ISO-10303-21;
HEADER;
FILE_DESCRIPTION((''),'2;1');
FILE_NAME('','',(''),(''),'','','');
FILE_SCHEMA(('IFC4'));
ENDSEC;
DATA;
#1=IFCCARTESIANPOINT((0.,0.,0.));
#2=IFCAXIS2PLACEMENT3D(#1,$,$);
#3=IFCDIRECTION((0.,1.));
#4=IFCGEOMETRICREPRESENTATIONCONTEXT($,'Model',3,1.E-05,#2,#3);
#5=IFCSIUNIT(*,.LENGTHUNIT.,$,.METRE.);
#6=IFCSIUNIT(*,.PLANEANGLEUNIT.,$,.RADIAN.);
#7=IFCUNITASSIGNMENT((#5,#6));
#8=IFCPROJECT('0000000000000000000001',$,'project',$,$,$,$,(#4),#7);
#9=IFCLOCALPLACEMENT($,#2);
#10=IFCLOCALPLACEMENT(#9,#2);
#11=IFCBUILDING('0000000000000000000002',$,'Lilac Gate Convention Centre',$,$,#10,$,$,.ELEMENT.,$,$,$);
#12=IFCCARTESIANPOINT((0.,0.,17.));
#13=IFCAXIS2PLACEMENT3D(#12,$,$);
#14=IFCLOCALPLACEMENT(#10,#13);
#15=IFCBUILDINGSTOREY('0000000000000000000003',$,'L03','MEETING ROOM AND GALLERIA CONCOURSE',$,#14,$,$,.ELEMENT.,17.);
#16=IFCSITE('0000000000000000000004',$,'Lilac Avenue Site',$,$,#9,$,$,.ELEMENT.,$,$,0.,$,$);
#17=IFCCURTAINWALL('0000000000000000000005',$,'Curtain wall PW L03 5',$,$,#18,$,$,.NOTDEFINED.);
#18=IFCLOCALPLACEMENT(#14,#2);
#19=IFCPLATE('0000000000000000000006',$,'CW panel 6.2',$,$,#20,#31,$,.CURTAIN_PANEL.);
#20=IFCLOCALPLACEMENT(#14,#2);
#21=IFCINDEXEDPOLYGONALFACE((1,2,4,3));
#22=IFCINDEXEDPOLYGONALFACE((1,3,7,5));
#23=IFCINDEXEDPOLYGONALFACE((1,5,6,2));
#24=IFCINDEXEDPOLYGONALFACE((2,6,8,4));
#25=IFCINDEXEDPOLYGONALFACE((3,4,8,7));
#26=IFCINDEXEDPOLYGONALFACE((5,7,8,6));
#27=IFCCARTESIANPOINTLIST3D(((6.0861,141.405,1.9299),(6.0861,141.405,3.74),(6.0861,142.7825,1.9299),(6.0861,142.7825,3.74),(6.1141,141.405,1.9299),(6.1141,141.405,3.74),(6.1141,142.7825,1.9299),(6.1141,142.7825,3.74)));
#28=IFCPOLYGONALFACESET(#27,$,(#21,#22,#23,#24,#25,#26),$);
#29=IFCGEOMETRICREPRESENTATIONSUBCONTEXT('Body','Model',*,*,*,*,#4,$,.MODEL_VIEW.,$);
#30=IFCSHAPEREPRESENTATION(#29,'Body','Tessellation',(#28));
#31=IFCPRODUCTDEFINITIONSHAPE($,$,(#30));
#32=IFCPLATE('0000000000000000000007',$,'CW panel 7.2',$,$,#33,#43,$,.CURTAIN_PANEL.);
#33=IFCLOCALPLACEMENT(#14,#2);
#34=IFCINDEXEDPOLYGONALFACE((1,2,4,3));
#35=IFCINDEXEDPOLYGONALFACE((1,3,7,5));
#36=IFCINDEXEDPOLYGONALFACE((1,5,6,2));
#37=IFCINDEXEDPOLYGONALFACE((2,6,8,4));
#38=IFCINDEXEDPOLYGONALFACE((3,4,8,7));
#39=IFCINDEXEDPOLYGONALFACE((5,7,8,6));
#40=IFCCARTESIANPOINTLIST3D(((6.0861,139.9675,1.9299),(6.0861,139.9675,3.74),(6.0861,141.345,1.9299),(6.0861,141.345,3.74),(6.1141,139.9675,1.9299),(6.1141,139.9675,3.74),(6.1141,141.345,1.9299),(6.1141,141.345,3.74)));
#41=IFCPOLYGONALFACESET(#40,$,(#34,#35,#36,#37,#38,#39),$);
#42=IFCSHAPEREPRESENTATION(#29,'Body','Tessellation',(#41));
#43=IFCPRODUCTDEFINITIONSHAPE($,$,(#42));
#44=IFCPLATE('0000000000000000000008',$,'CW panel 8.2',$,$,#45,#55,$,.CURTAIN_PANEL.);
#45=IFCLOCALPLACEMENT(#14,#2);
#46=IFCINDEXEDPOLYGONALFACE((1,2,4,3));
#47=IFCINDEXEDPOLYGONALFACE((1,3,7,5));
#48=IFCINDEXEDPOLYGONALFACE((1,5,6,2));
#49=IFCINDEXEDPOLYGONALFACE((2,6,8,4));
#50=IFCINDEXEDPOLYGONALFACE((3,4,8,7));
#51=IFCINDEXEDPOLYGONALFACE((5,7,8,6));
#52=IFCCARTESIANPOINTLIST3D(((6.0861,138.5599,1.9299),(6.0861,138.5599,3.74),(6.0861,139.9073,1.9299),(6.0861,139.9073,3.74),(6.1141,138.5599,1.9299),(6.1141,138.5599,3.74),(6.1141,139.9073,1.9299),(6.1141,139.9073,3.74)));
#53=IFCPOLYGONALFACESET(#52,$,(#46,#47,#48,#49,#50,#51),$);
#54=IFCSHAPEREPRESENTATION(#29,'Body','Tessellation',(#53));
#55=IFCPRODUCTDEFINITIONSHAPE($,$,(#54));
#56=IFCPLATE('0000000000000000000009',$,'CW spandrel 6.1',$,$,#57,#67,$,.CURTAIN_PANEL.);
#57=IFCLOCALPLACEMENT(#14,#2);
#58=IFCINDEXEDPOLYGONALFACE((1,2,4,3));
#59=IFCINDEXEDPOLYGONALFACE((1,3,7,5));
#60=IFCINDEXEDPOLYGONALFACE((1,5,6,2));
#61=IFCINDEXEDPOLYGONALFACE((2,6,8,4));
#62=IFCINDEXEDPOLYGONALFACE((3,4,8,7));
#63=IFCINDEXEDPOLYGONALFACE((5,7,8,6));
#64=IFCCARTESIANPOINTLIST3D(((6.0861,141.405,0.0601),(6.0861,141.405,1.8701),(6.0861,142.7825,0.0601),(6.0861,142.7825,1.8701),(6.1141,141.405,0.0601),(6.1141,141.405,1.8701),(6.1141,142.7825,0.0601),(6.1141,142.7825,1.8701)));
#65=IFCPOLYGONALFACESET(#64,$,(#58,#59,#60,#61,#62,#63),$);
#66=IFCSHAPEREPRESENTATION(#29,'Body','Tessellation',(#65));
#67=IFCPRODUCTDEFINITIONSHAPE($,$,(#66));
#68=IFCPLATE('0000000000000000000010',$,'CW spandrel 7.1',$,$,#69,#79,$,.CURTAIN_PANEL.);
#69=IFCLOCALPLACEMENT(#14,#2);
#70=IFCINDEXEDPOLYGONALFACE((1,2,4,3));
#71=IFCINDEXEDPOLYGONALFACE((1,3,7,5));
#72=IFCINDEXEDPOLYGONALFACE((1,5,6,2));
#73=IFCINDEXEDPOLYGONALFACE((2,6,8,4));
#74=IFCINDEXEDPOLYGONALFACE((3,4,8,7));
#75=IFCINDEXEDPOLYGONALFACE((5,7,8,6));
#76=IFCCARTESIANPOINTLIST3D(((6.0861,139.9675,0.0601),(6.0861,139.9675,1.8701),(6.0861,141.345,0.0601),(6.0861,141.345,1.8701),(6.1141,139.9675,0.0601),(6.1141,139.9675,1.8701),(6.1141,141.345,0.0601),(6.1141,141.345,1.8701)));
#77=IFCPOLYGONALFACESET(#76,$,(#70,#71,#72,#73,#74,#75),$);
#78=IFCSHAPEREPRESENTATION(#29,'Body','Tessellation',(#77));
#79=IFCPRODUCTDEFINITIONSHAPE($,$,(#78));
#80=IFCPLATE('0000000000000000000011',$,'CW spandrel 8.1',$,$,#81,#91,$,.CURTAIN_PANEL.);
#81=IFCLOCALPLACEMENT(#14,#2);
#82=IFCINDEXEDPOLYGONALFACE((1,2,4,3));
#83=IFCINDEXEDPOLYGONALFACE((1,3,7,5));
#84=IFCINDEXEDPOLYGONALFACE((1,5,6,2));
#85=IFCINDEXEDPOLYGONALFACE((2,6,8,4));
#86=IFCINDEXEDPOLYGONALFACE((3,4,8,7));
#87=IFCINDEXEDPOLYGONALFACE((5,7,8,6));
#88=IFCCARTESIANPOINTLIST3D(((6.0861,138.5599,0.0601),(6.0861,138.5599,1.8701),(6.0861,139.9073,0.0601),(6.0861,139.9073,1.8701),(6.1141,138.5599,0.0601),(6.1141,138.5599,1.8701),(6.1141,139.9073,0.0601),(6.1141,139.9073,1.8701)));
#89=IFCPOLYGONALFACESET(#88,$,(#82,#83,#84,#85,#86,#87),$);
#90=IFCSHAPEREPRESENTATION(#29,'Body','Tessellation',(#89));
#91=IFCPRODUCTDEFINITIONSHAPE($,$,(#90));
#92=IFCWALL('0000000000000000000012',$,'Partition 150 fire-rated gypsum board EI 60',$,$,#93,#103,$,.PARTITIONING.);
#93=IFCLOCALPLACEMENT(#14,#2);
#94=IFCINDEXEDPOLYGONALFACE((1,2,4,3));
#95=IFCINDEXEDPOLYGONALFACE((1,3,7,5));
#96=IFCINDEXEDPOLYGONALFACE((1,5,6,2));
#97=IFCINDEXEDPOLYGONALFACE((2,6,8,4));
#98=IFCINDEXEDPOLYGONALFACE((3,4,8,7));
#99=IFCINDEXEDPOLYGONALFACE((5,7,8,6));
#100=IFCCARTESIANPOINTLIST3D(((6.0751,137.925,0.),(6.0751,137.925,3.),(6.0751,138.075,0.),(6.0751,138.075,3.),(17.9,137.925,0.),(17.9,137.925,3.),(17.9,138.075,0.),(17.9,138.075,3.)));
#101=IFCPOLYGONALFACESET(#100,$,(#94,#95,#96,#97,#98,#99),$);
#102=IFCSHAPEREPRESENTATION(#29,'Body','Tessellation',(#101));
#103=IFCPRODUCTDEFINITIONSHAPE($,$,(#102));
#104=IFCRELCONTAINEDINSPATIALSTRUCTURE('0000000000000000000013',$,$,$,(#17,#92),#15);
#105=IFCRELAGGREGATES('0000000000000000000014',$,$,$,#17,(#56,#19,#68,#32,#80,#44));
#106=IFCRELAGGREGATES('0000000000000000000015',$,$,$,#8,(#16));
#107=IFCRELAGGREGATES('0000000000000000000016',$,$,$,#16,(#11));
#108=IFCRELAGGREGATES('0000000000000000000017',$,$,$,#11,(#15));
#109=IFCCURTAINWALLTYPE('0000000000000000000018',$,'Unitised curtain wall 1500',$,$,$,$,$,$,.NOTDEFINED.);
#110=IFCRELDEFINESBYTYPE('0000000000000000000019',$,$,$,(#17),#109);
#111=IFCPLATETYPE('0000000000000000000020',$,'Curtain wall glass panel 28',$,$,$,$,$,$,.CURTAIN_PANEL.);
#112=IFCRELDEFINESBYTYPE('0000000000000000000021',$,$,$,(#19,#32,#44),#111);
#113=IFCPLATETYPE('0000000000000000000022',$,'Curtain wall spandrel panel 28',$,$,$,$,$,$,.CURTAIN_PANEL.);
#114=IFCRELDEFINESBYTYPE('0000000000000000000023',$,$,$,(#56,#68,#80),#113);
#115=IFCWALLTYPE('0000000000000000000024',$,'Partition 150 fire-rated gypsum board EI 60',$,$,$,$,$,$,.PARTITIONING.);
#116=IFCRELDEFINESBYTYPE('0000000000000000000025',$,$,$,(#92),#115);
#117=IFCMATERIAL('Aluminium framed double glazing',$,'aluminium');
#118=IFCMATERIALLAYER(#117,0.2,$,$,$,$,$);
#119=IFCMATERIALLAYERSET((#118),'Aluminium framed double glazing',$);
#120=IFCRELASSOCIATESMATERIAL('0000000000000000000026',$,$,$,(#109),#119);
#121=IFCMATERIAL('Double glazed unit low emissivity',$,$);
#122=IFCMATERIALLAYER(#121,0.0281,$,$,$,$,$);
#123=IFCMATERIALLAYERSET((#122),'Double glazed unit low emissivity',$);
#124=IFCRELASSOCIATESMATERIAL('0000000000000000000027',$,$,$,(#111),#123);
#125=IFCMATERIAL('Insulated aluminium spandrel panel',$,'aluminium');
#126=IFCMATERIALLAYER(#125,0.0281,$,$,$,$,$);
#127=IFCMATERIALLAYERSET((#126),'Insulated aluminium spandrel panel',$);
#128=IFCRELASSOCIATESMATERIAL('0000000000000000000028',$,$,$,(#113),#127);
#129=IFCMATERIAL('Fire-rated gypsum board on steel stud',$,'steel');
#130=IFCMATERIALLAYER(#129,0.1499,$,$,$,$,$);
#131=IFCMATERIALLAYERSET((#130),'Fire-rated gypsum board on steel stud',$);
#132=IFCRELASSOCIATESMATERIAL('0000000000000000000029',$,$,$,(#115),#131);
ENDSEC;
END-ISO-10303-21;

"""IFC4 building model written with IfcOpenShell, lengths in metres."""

from ifc_helpers import new_model, si_unit, direction, frame, frame_2d, origin, origin_2d, place, context, subcontext, project, spatial, rectangle, extrude, material, layer, layer_set, type_object, element, aggregate, save


model = new_model("IFC4")

# Units and contexts
model_context = context("Model", 3, precision=1e-05, world=origin(), true_north=direction((0.0, 1.0)))
body_context = subcontext(model_context, "Body", "Model", "MODEL_VIEW")
ifc_project = project(units=[si_unit("LENGTHUNIT", "METRE"), si_unit("PLANEANGLEUNIT", "RADIAN")], contexts=[model_context])

# Site, building, storey
site_placement = place(None, origin())
site = spatial("IfcSite", under=ifc_project, at=site_placement, Name="Lilac Avenue Site", CompositionType="ELEMENT", RefElevation=0.0)
building_placement = place(site_placement, origin())
building = spatial("IfcBuilding", under=site, at=building_placement, Name="Lilac Gate Convention Centre", CompositionType="ELEMENT")
storey_placement = place(building_placement, frame((0.0, 0.0, 17.0)))
storey = spatial("IfcBuildingStorey", under=building, at=storey_placement, Name="L03", Description="MEETING ROOM AND GALLERIA CONCOURSE", CompositionType="ELEMENT", Elevation=17.0)

# Curtain wall
ifc_material_1 = material(Name="Aluminium framed double glazing", Category="aluminium")
ifc_layer_1 = layer(ifc_material_1, 0.2)
ifc_layer_set_1 = layer_set([ifc_layer_1], Name="Aluminium framed double glazing")
curtain_wall_type = type_object("IfcCurtainWallType", Name="Unitised curtain wall 1500", PredefinedType="NOTDEFINED", material=ifc_layer_set_1)
curtain_wall_placement = place(storey_placement, origin())
curtain_wall = element("IfcCurtainWall", 1, at=curtain_wall_placement, inside=storey, type_object=curtain_wall_type, Name="Curtain wall PW L03 5", PredefinedType="NOTDEFINED")

# Plates
ifc_material_2 = material(Name="Double glazed unit low emissivity")
ifc_layer_2 = layer(ifc_material_2, 0.0281)
ifc_layer_set_2 = layer_set([ifc_layer_2], Name="Double glazed unit low emissivity")
plate_type_1 = type_object("IfcPlateType", Name="Curtain wall glass panel 28", PredefinedType="CURTAIN_PANEL", material=ifc_layer_set_2)
plate_1_placement = place(storey_placement, frame((6.1001, 142.0938, 1.9299), z_axis=(0.0, 0.0, 1.0), x_axis=(0.0, -1.0, 0.0)))
plate_1 = element("IfcPlate", 2, at=plate_1_placement, type_object=plate_type_1, Name="CW panel 6.2", PredefinedType="CURTAIN_PANEL", context=body_context, shape_type="SweptSolid", body=[
    extrude(rectangle(XDim=1.3774, YDim=0.0281, at=origin_2d()), origin(), (0.0, 0.0, 1.0), 1.8101),
])
plate_2_placement = place(storey_placement, frame((6.1001, 140.6562, 1.9299), z_axis=(0.0, 0.0, 1.0), x_axis=(0.0, -1.0, 0.0)))
plate_2 = element("IfcPlate", 3, at=plate_2_placement, type_object=plate_type_1, Name="CW panel 7.2", PredefinedType="CURTAIN_PANEL", context=body_context, shape_type="SweptSolid", body=[
    extrude(rectangle(XDim=1.3774, YDim=0.0281, at=origin_2d()), origin(), (0.0, 0.0, 1.0), 1.8101),
])
plate_3_placement = place(storey_placement, frame((6.1001, 139.2336, 1.9299), z_axis=(0.0, 0.0, 1.0), x_axis=(0.0, -1.0, 0.0)))
plate_3 = element("IfcPlate", 4, at=plate_3_placement, type_object=plate_type_1, Name="CW panel 8.2", PredefinedType="CURTAIN_PANEL", context=body_context, shape_type="SweptSolid", body=[
    extrude(rectangle(XDim=1.3474, YDim=0.0281, at=origin_2d()), origin(), (0.0, 0.0, 1.0), 1.8101),
])
ifc_material_3 = material(Name="Insulated aluminium spandrel panel", Category="aluminium")
ifc_layer_3 = layer(ifc_material_3, 0.0281)
ifc_layer_set_3 = layer_set([ifc_layer_3], Name="Insulated aluminium spandrel panel")
plate_type_2 = type_object("IfcPlateType", Name="Curtain wall spandrel panel 28", PredefinedType="CURTAIN_PANEL", material=ifc_layer_set_3)
plate_4_placement = place(storey_placement, frame((6.1001, 142.0938, 0.0601), z_axis=(0.0, 0.0, 1.0), x_axis=(0.0, -1.0, 0.0)))
plate_4 = element("IfcPlate", 5, at=plate_4_placement, type_object=plate_type_2, Name="CW spandrel 6.1", PredefinedType="CURTAIN_PANEL", context=body_context, shape_type="SweptSolid", body=[
    extrude(rectangle(XDim=1.3774, YDim=0.0281, at=origin_2d()), origin(), (0.0, 0.0, 1.0), 1.8101),
])
plate_5_placement = place(storey_placement, frame((6.1001, 140.6562, 0.0601), z_axis=(0.0, 0.0, 1.0), x_axis=(0.0, -1.0, 0.0)))
plate_5 = element("IfcPlate", 6, at=plate_5_placement, type_object=plate_type_2, Name="CW spandrel 7.1", PredefinedType="CURTAIN_PANEL", context=body_context, shape_type="SweptSolid", body=[
    extrude(rectangle(XDim=1.3774, YDim=0.0281, at=origin_2d()), origin(), (0.0, 0.0, 1.0), 1.8101),
])
plate_6_placement = place(storey_placement, frame((6.1001, 139.2336, 0.0601), z_axis=(0.0, 0.0, 1.0), x_axis=(0.0, -1.0, 0.0)))
plate_6 = element("IfcPlate", 7, at=plate_6_placement, type_object=plate_type_2, Name="CW spandrel 8.1", PredefinedType="CURTAIN_PANEL", context=body_context, shape_type="SweptSolid", body=[
    extrude(rectangle(XDim=1.3474, YDim=0.0281, at=origin_2d()), origin(), (0.0, 0.0, 1.0), 1.8101),
])
aggregate(curtain_wall, [plate_4, plate_1, plate_5, plate_2, plate_6, plate_3])

# Wall
ifc_material_4 = material(Name="Fire-rated gypsum board on steel stud", Category="steel")
ifc_layer_4 = layer(ifc_material_4, 0.1499)
ifc_layer_set_4 = layer_set([ifc_layer_4], Name="Fire-rated gypsum board on steel stud")
wall_type = type_object("IfcWallType", Name="Partition 150 fire-rated gypsum board EI 60", PredefinedType="PARTITIONING", material=ifc_layer_set_4)
wall_placement = place(storey_placement, frame((6.075, 138.0, 0.0), z_axis=(0.0, 0.0, 1.0), x_axis=(1.0, 0.0, 0.0)))
element("IfcWall", 8, at=wall_placement, inside=storey, type_object=wall_type, Name="Partition 150 fire-rated gypsum board EI 60", PredefinedType="PARTITIONING", context=body_context, shape_type="SweptSolid", body=[
    extrude(rectangle(XDim=11.825, YDim=0.1499, at=frame_2d((5.9126, 0.0))), origin(), (0.0, 0.0, 1.0), 3.0),
])

save(model, "model.ifc")
